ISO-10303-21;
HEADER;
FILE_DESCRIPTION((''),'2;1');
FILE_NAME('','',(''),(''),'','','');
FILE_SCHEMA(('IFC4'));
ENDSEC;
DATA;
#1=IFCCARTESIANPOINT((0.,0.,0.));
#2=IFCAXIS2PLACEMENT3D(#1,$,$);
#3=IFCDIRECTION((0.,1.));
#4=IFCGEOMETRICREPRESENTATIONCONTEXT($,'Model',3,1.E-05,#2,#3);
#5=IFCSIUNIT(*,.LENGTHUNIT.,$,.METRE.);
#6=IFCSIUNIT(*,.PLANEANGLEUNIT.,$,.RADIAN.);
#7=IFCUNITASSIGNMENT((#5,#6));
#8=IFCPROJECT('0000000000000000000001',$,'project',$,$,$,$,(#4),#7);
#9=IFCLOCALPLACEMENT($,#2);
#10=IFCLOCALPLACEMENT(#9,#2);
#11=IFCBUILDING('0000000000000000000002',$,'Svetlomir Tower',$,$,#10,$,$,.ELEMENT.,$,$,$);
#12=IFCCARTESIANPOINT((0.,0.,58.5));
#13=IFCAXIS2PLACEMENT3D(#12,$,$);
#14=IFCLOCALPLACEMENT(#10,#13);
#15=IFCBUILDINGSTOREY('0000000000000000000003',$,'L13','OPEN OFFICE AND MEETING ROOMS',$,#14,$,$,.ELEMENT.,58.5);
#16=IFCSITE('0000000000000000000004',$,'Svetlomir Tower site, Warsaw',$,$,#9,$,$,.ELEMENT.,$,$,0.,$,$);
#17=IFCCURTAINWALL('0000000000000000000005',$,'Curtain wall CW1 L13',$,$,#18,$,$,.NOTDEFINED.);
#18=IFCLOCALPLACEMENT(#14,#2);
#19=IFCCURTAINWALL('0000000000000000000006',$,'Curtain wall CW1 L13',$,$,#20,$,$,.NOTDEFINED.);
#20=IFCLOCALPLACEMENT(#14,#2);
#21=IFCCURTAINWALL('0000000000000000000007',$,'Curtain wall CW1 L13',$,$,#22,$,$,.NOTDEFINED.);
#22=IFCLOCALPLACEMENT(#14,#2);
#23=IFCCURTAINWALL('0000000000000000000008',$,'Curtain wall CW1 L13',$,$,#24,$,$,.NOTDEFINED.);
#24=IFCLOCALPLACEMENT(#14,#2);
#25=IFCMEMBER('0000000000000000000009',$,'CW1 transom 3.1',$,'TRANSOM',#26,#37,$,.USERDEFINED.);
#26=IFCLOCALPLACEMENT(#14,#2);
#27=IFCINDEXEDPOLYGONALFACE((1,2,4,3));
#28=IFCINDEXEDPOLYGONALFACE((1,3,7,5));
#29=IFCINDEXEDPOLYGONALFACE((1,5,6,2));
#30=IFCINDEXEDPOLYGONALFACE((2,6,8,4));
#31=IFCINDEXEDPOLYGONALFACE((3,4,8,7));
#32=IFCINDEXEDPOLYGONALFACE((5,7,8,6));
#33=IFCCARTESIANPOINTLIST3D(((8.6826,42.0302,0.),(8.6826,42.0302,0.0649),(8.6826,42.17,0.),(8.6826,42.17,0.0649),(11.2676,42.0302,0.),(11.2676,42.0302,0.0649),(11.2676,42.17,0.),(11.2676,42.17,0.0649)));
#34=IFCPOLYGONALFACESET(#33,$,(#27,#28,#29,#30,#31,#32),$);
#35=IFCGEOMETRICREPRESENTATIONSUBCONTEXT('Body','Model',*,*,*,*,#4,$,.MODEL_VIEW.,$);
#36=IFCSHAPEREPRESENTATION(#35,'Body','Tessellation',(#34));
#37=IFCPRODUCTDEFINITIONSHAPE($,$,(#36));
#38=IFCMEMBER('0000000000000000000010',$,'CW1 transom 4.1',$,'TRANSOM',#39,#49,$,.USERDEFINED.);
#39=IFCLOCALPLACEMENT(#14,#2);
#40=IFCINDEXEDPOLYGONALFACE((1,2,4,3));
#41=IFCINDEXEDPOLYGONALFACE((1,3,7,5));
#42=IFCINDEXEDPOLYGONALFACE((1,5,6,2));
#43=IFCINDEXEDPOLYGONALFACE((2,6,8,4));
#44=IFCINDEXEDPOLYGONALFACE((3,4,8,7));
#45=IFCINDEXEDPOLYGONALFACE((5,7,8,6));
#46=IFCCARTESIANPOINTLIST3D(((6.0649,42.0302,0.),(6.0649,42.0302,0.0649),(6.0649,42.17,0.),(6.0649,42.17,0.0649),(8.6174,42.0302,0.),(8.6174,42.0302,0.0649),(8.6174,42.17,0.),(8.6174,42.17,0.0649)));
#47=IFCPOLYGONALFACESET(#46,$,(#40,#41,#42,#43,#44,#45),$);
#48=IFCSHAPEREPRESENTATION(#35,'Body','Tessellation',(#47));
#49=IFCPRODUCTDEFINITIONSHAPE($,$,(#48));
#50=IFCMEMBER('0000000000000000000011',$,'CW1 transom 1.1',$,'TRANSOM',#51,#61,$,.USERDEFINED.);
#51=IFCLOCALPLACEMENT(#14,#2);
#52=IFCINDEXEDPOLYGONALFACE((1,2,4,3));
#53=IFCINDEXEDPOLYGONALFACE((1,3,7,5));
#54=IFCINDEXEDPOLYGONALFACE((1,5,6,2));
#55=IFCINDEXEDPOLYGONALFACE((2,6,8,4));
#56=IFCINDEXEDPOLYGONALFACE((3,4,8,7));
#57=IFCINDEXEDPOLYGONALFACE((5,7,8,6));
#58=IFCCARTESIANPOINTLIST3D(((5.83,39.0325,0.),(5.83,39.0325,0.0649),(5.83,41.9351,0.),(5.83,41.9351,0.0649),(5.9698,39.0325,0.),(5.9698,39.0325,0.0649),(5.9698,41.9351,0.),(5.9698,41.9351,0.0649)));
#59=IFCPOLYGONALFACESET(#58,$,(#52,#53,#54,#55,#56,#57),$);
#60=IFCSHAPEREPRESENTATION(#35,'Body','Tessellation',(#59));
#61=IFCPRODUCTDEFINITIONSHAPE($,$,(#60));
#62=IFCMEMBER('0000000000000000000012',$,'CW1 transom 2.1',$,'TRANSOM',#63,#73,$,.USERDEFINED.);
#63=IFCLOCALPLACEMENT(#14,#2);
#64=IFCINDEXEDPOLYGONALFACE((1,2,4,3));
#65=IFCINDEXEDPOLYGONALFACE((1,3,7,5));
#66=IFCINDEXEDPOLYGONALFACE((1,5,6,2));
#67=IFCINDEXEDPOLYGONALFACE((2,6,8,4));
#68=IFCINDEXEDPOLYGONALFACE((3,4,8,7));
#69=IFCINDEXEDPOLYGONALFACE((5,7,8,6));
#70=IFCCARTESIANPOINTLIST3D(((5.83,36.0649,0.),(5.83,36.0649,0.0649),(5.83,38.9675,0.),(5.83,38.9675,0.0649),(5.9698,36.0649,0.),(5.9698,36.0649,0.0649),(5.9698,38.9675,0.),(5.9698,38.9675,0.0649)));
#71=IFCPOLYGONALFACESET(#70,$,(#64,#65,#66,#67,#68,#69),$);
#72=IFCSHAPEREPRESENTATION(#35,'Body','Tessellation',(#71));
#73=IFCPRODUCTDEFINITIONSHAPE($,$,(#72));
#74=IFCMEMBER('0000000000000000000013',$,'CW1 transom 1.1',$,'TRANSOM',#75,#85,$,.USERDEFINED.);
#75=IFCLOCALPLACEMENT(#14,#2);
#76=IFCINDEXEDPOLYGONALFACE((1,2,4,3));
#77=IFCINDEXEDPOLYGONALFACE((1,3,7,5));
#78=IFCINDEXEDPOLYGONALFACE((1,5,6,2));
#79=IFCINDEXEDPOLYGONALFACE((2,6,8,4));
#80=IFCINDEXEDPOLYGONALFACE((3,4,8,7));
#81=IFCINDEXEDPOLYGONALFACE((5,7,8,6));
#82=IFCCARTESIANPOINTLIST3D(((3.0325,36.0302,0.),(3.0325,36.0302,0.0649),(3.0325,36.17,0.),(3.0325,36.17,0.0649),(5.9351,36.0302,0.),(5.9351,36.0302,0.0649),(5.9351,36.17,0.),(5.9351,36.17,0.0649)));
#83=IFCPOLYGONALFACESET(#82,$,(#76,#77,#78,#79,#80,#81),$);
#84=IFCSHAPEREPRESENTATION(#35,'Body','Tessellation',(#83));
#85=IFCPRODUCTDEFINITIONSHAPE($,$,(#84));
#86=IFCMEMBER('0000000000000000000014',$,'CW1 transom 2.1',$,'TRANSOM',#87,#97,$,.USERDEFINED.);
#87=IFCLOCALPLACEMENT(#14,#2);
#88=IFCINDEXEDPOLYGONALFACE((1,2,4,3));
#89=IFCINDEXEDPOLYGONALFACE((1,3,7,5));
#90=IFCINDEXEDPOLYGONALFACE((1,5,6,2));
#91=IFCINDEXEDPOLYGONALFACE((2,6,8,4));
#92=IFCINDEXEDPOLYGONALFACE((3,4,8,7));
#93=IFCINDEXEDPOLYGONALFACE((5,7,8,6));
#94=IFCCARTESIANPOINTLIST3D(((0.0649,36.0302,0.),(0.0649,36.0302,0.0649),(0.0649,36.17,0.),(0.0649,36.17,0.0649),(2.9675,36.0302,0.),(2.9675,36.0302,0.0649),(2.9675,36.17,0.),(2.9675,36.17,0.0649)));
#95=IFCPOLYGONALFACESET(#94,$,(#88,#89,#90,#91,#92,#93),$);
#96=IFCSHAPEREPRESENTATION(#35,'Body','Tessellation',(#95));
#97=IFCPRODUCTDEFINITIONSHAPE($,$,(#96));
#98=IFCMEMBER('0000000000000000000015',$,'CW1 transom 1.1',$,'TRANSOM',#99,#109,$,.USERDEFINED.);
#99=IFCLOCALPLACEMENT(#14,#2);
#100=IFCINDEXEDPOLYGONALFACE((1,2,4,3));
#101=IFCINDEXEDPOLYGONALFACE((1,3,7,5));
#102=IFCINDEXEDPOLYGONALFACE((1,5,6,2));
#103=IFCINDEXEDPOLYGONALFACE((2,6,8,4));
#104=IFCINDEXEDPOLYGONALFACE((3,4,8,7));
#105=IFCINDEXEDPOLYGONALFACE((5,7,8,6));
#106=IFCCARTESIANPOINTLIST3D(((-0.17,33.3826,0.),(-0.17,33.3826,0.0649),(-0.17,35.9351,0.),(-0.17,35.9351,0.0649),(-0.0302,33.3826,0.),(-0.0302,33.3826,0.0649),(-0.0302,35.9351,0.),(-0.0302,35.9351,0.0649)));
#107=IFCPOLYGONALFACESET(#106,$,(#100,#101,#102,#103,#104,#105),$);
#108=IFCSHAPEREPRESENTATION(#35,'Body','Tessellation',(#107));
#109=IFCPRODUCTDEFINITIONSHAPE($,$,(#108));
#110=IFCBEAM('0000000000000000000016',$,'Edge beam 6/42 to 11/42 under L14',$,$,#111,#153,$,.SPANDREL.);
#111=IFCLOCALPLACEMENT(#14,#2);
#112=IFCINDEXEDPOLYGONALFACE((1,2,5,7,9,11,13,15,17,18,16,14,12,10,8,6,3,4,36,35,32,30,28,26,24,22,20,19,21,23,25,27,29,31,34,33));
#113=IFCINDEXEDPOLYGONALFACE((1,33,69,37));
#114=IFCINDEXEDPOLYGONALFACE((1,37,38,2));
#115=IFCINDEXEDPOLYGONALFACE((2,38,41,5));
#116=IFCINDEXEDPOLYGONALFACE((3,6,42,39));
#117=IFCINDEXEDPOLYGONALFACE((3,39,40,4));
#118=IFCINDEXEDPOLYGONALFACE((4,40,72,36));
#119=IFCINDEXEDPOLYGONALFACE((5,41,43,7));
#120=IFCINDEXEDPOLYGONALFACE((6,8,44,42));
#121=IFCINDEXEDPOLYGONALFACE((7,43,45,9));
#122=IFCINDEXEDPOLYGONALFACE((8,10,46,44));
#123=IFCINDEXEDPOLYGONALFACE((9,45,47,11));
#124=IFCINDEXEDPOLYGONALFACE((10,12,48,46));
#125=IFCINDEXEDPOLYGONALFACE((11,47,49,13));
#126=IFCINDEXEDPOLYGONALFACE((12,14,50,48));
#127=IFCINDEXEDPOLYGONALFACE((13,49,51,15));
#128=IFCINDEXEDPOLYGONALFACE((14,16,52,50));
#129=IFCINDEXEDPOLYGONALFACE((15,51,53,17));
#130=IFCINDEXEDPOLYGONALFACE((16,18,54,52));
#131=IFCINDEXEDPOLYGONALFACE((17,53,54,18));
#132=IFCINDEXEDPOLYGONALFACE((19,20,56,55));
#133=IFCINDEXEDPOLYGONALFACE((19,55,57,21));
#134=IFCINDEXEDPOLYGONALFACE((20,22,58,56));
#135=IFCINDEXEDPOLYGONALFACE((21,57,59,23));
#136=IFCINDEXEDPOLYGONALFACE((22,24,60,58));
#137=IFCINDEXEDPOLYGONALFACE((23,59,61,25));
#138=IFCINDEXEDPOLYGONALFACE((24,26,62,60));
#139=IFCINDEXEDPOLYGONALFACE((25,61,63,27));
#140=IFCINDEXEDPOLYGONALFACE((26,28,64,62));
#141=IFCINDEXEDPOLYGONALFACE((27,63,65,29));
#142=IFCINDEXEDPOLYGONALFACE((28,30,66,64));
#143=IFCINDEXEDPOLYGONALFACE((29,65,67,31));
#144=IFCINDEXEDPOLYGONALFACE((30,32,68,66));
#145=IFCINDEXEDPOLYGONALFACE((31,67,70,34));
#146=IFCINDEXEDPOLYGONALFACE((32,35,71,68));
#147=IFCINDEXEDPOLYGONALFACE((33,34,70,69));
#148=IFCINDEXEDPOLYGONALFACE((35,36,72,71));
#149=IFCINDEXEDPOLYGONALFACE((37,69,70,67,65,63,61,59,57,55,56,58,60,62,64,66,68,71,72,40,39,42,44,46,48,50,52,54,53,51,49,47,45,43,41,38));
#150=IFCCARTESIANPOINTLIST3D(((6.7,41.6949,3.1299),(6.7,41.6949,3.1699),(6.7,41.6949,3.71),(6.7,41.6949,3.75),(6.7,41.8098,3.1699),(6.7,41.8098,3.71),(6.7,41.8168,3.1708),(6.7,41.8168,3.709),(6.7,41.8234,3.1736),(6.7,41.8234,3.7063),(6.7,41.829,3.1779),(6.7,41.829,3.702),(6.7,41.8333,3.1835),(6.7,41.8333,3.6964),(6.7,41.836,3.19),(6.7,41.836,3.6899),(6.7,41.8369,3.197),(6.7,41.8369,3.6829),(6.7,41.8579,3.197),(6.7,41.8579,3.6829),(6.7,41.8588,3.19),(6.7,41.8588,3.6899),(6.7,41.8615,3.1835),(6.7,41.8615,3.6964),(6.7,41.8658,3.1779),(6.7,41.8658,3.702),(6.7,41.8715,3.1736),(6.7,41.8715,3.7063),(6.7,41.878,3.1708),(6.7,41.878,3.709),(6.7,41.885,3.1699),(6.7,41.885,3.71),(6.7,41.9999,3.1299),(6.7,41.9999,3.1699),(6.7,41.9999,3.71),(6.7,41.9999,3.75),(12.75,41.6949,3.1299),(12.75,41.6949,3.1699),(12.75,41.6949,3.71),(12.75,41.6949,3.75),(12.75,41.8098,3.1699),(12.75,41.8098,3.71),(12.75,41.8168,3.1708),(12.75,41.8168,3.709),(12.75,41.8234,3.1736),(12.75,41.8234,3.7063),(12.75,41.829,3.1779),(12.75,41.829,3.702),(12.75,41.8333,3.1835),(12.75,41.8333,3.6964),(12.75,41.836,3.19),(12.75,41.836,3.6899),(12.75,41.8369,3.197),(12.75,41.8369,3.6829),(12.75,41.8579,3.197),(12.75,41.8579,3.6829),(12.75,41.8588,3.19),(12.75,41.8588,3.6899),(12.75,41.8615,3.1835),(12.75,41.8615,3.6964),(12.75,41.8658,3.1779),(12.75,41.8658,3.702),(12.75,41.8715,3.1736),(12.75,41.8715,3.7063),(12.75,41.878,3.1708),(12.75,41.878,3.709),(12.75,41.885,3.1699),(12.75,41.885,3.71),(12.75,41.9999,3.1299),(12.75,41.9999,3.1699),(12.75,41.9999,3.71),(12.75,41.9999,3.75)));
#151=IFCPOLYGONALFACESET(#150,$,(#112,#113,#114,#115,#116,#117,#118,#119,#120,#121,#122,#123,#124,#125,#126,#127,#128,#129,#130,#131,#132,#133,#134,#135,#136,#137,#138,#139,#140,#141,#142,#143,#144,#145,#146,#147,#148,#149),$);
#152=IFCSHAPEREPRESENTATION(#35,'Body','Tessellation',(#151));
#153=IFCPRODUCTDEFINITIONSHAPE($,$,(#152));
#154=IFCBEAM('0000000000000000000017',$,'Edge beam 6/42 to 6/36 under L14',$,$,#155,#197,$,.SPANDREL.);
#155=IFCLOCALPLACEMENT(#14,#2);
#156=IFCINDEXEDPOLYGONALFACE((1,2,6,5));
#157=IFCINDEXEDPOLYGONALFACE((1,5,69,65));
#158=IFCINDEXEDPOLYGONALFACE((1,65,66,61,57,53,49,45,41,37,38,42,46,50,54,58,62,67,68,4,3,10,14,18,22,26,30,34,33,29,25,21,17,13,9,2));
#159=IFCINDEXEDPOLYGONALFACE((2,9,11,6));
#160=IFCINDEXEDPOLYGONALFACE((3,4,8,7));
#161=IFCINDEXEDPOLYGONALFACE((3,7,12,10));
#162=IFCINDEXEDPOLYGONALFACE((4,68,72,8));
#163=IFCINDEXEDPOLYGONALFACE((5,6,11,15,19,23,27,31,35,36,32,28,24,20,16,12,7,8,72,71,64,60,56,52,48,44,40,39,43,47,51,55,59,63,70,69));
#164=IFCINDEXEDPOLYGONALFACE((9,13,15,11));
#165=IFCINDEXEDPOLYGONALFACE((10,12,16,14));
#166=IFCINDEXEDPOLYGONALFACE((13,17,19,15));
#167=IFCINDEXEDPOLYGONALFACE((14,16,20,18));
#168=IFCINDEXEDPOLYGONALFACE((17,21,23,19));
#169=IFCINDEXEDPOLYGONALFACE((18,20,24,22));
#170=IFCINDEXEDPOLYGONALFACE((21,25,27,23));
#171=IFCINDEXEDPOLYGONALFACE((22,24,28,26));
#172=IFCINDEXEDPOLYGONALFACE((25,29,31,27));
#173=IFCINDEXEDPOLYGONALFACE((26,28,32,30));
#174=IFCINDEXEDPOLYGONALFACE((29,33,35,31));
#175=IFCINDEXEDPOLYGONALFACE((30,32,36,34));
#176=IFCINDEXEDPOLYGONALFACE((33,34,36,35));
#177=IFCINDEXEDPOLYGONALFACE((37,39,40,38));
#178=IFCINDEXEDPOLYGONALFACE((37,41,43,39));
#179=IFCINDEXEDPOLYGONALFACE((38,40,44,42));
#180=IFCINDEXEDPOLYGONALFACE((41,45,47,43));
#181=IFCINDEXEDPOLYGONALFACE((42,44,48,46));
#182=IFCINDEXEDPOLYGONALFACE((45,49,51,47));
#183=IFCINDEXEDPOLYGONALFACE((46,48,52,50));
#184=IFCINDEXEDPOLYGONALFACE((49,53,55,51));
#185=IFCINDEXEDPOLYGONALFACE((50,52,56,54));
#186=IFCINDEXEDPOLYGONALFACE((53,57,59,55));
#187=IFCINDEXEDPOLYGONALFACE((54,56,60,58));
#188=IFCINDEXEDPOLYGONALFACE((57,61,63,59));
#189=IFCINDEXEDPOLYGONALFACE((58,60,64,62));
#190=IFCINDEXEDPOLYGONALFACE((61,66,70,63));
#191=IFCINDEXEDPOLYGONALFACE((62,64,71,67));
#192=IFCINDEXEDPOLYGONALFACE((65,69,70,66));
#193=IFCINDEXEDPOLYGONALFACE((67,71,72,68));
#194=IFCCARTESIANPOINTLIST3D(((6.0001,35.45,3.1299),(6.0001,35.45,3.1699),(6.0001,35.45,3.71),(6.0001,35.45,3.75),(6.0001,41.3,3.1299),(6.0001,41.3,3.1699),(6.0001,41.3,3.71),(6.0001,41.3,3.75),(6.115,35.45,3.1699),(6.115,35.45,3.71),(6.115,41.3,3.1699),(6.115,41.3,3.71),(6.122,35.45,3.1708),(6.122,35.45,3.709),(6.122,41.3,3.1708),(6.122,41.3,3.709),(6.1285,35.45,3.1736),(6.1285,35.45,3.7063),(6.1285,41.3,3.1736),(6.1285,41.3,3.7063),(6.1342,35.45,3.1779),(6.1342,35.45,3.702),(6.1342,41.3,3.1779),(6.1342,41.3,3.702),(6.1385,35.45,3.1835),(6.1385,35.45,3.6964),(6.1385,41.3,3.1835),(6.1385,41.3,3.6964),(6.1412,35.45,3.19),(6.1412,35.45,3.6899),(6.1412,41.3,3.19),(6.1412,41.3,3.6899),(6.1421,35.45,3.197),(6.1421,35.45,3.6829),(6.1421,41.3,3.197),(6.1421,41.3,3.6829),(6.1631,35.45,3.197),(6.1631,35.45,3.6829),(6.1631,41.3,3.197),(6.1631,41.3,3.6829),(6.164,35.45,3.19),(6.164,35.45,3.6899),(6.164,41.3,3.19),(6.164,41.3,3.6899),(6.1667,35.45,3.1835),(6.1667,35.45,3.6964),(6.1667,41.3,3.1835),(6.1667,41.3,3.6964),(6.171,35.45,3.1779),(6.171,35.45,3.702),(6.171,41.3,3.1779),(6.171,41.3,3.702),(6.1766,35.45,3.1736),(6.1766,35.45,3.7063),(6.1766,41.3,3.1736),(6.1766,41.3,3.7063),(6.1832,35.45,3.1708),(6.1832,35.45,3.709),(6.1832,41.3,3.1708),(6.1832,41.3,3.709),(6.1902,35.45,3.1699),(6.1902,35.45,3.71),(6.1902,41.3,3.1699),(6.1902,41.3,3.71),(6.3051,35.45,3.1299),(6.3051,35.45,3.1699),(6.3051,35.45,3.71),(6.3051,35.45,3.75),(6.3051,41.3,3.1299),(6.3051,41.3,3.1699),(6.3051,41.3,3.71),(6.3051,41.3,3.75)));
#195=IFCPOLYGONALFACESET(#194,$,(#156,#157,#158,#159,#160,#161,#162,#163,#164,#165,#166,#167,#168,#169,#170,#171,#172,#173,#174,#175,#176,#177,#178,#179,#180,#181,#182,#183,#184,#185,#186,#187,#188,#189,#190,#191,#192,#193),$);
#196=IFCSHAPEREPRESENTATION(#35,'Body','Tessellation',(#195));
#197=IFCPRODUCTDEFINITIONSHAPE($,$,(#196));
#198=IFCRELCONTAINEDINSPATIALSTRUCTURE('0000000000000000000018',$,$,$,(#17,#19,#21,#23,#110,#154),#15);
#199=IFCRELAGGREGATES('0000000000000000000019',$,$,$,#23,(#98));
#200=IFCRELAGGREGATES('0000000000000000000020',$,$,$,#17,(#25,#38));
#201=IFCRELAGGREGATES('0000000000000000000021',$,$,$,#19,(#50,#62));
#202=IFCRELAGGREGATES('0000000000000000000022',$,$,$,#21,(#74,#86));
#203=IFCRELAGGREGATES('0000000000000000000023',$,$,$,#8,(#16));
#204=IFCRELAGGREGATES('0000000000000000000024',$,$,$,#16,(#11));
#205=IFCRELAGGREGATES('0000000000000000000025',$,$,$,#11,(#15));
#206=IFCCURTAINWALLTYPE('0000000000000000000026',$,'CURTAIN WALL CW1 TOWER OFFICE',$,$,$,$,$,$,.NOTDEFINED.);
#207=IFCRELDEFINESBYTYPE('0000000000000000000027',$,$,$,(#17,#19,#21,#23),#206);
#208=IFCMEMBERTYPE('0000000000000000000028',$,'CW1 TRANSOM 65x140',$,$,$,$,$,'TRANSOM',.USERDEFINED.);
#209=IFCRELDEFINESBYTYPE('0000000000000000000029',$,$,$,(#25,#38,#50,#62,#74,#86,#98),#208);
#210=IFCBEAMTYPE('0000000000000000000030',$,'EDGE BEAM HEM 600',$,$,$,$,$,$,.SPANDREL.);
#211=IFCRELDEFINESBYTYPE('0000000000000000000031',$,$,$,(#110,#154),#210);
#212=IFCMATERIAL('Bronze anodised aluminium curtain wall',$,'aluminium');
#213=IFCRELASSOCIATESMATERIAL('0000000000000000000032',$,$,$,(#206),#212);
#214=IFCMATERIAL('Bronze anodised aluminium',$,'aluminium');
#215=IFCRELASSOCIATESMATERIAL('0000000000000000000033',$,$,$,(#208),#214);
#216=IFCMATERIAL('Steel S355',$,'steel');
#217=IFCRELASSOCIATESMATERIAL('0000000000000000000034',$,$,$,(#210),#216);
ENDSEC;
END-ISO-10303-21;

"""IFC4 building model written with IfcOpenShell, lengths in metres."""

from ifc_helpers import new_model, si_unit, direction, frame, origin, origin_2d, place, context, subcontext, project, spatial, rectangle, i_section, extrude, material, material_profile, profile_set, type_object, element, aggregate, save


model = new_model("IFC4")

# Units and contexts
model_context = context("Model", 3, precision=1e-05, world=origin(), true_north=direction((0.0, 1.0)))
body_context = subcontext(model_context, "Body", "Model", "MODEL_VIEW")
ifc_project = project(units=[si_unit("LENGTHUNIT", "METRE"), si_unit("PLANEANGLEUNIT", "RADIAN")], contexts=[model_context])

# Site, building, storey
site_placement = place(None, origin())
site = spatial("IfcSite", under=ifc_project, at=site_placement, Name="Svetlomir Tower site, Warsaw", CompositionType="ELEMENT", RefElevation=0.0)
building_placement = place(site_placement, origin())
building = spatial("IfcBuilding", under=site, at=building_placement, Name="Svetlomir Tower", CompositionType="ELEMENT")
storey_placement = place(building_placement, frame((0.0, 0.0, 58.5)))
storey = spatial("IfcBuildingStorey", under=building, at=storey_placement, Name="L13", Description="OPEN OFFICE AND MEETING ROOMS", CompositionType="ELEMENT", Elevation=58.5)

# Curtain walls
ifc_material_1 = material(Name="Bronze anodised aluminium curtain wall", Category="aluminium")
curtain_wall_type = type_object("IfcCurtainWallType", Name="CURTAIN WALL CW1 TOWER OFFICE", PredefinedType="NOTDEFINED", material=ifc_material_1)
curtain_wall_1_placement = place(storey_placement, origin())
curtain_wall_1 = element("IfcCurtainWall", 1, at=curtain_wall_1_placement, inside=storey, type_object=curtain_wall_type, Name="Curtain wall CW1 L13", PredefinedType="NOTDEFINED")
curtain_wall_2_placement = place(storey_placement, origin())
curtain_wall_2 = element("IfcCurtainWall", 2, at=curtain_wall_2_placement, inside=storey, type_object=curtain_wall_type, Name="Curtain wall CW1 L13", PredefinedType="NOTDEFINED")
curtain_wall_3_placement = place(storey_placement, origin())
curtain_wall_3 = element("IfcCurtainWall", 3, at=curtain_wall_3_placement, inside=storey, type_object=curtain_wall_type, Name="Curtain wall CW1 L13", PredefinedType="NOTDEFINED")

# Curtain wall
curtain_wall_4_placement = place(storey_placement, origin())
curtain_wall_4 = element("IfcCurtainWall", 4, at=curtain_wall_4_placement, inside=storey, type_object=curtain_wall_type, Name="Curtain wall CW1 L13", PredefinedType="NOTDEFINED")

# Members
ifc_material_2 = material(Name="Bronze anodised aluminium", Category="aluminium")
ifc_material_profile_1 = material_profile(ifc_material_2, rectangle(XDim=0.1399, YDim=0.0649, at=origin_2d()), Name="AL 140x65")
ifc_profile_set_1 = profile_set([ifc_material_profile_1], Name="Bronze anodised aluminium 6063-T6")
member_type_1 = type_object("IfcMemberType", Name="CW1 TRANSOM 65x140", ElementType="TRANSOM", PredefinedType="USERDEFINED", material=ifc_profile_set_1)
member_1_placement = place(storey_placement, frame((11.2676, 42.1001, 0.0325), z_axis=(-1.0, 0.0, 0.0), x_axis=(0.0, -1.0, 0.0)))
member_1 = element("IfcMember", 5, at=member_1_placement, type_object=member_type_1, Name="CW1 transom 3.1", ObjectType="TRANSOM", PredefinedType="USERDEFINED", context=body_context, shape_type="SweptSolid", body=[
    extrude(rectangle(XDim=0.1399, YDim=0.0649, at=origin_2d()), origin(), (0.0, 0.0, 1.0), 2.585),
])
member_2_placement = place(storey_placement, frame((8.6174, 42.1001, 0.0325), z_axis=(-1.0, 0.0, 0.0), x_axis=(0.0, -1.0, 0.0)))
member_2 = element("IfcMember", 6, at=member_2_placement, type_object=member_type_1, Name="CW1 transom 4.1", ObjectType="TRANSOM", PredefinedType="USERDEFINED", context=body_context, shape_type="SweptSolid", body=[
    extrude(rectangle(XDim=0.1399, YDim=0.0649, at=origin_2d()), origin(), (0.0, 0.0, 1.0), 2.5525),
])
member_3_placement = place(storey_placement, frame((5.8999, 41.9351, 0.0325), z_axis=(0.0, -1.0, 0.0), x_axis=(1.0, 0.0, 0.0)))
member_3 = element("IfcMember", 7, at=member_3_placement, type_object=member_type_1, Name="CW1 transom 1.1", ObjectType="TRANSOM", PredefinedType="USERDEFINED", context=body_context, shape_type="SweptSolid", body=[
    extrude(rectangle(XDim=0.1399, YDim=0.0649, at=origin_2d()), origin(), (0.0, 0.0, 1.0), 2.9026),
])
member_4_placement = place(storey_placement, frame((5.8999, 38.9675, 0.0325), z_axis=(0.0, -1.0, 0.0), x_axis=(1.0, 0.0, 0.0)))
member_4 = element("IfcMember", 8, at=member_4_placement, type_object=member_type_1, Name="CW1 transom 2.1", ObjectType="TRANSOM", PredefinedType="USERDEFINED", context=body_context, shape_type="SweptSolid", body=[
    extrude(rectangle(XDim=0.1399, YDim=0.0649, at=origin_2d()), origin(), (0.0, 0.0, 1.0), 2.9026),
])
member_5_placement = place(storey_placement, frame((5.9351, 36.1001, 0.0325), z_axis=(-1.0, 0.0, 0.0), x_axis=(0.0, -1.0, 0.0)))
member_5 = element("IfcMember", 9, at=member_5_placement, type_object=member_type_1, Name="CW1 transom 1.1", ObjectType="TRANSOM", PredefinedType="USERDEFINED", context=body_context, shape_type="SweptSolid", body=[
    extrude(rectangle(XDim=0.1399, YDim=0.0649, at=origin_2d()), origin(), (0.0, 0.0, 1.0), 2.9026),
])
member_6_placement = place(storey_placement, frame((2.9675, 36.1001, 0.0325), z_axis=(-1.0, 0.0, 0.0), x_axis=(0.0, -1.0, 0.0)))
member_6 = element("IfcMember", 10, at=member_6_placement, type_object=member_type_1, Name="CW1 transom 2.1", ObjectType="TRANSOM", PredefinedType="USERDEFINED", context=body_context, shape_type="SweptSolid", body=[
    extrude(rectangle(XDim=0.1399, YDim=0.0649, at=origin_2d()), origin(), (0.0, 0.0, 1.0), 2.9026),
])
member_7_placement = place(storey_placement, frame((-0.1001, 35.9351, 0.0325), z_axis=(0.0, -1.0, 0.0), x_axis=(1.0, 0.0, 0.0)))
member_7 = element("IfcMember", 11, at=member_7_placement, type_object=member_type_1, Name="CW1 transom 1.1", ObjectType="TRANSOM", PredefinedType="USERDEFINED", context=body_context, shape_type="SweptSolid", body=[
    extrude(rectangle(XDim=0.1399, YDim=0.0649, at=origin_2d()), origin(), (0.0, 0.0, 1.0), 2.5525),
])
aggregate(curtain_wall_4, [member_7])

# Beams
ifc_material_3 = material(Name="Steel S355", Category="steel")
ifc_material_profile_2 = material_profile(ifc_material_3, i_section(OverallWidth=0.3049, OverallDepth=0.6201, WebThickness=0.021, FlangeThickness=0.04, FilletRadius=0.0271, at=origin_2d()), Name="HEM 600")
ifc_profile_set_2 = profile_set([ifc_material_profile_2], Name="Steel S355")
beam_type = type_object("IfcBeamType", Name="EDGE BEAM HEM 600", PredefinedType="SPANDREL", material=ifc_profile_set_2)
beam_1_placement = place(storey_placement, frame((6.7, 41.8474, 3.4399), z_axis=(1.0, 0.0, 0.0), x_axis=(0.0, 1.0, 0.0)))
element("IfcBeam", 12, at=beam_1_placement, inside=storey, type_object=beam_type, Name="Edge beam 6/42 to 11/42 under L14", PredefinedType="SPANDREL", context=body_context, shape_type="SweptSolid", body=[
    extrude(i_section(OverallWidth=0.3049, OverallDepth=0.6201, WebThickness=0.021, FlangeThickness=0.04, FilletRadius=0.0271, at=origin_2d()), origin(), (0.0, 0.0, 1.0), 6.05),
])
beam_2_placement = place(storey_placement, frame((6.1526, 41.3, 3.4399), z_axis=(0.0, -1.0, 0.0), x_axis=(1.0, 0.0, 0.0)))
element("IfcBeam", 13, at=beam_2_placement, inside=storey, type_object=beam_type, Name="Edge beam 6/42 to 6/36 under L14", PredefinedType="SPANDREL", context=body_context, shape_type="SweptSolid", body=[
    extrude(i_section(OverallWidth=0.3049, OverallDepth=0.6201, WebThickness=0.021, FlangeThickness=0.04, FilletRadius=0.0271, at=origin_2d()), origin(), (0.0, 0.0, 1.0), 5.8501),
])

aggregate(curtain_wall_1, [member_1, member_2])
aggregate(curtain_wall_2, [member_3, member_4])
aggregate(curtain_wall_3, [member_5, member_6])

save(model, "model.ifc")
